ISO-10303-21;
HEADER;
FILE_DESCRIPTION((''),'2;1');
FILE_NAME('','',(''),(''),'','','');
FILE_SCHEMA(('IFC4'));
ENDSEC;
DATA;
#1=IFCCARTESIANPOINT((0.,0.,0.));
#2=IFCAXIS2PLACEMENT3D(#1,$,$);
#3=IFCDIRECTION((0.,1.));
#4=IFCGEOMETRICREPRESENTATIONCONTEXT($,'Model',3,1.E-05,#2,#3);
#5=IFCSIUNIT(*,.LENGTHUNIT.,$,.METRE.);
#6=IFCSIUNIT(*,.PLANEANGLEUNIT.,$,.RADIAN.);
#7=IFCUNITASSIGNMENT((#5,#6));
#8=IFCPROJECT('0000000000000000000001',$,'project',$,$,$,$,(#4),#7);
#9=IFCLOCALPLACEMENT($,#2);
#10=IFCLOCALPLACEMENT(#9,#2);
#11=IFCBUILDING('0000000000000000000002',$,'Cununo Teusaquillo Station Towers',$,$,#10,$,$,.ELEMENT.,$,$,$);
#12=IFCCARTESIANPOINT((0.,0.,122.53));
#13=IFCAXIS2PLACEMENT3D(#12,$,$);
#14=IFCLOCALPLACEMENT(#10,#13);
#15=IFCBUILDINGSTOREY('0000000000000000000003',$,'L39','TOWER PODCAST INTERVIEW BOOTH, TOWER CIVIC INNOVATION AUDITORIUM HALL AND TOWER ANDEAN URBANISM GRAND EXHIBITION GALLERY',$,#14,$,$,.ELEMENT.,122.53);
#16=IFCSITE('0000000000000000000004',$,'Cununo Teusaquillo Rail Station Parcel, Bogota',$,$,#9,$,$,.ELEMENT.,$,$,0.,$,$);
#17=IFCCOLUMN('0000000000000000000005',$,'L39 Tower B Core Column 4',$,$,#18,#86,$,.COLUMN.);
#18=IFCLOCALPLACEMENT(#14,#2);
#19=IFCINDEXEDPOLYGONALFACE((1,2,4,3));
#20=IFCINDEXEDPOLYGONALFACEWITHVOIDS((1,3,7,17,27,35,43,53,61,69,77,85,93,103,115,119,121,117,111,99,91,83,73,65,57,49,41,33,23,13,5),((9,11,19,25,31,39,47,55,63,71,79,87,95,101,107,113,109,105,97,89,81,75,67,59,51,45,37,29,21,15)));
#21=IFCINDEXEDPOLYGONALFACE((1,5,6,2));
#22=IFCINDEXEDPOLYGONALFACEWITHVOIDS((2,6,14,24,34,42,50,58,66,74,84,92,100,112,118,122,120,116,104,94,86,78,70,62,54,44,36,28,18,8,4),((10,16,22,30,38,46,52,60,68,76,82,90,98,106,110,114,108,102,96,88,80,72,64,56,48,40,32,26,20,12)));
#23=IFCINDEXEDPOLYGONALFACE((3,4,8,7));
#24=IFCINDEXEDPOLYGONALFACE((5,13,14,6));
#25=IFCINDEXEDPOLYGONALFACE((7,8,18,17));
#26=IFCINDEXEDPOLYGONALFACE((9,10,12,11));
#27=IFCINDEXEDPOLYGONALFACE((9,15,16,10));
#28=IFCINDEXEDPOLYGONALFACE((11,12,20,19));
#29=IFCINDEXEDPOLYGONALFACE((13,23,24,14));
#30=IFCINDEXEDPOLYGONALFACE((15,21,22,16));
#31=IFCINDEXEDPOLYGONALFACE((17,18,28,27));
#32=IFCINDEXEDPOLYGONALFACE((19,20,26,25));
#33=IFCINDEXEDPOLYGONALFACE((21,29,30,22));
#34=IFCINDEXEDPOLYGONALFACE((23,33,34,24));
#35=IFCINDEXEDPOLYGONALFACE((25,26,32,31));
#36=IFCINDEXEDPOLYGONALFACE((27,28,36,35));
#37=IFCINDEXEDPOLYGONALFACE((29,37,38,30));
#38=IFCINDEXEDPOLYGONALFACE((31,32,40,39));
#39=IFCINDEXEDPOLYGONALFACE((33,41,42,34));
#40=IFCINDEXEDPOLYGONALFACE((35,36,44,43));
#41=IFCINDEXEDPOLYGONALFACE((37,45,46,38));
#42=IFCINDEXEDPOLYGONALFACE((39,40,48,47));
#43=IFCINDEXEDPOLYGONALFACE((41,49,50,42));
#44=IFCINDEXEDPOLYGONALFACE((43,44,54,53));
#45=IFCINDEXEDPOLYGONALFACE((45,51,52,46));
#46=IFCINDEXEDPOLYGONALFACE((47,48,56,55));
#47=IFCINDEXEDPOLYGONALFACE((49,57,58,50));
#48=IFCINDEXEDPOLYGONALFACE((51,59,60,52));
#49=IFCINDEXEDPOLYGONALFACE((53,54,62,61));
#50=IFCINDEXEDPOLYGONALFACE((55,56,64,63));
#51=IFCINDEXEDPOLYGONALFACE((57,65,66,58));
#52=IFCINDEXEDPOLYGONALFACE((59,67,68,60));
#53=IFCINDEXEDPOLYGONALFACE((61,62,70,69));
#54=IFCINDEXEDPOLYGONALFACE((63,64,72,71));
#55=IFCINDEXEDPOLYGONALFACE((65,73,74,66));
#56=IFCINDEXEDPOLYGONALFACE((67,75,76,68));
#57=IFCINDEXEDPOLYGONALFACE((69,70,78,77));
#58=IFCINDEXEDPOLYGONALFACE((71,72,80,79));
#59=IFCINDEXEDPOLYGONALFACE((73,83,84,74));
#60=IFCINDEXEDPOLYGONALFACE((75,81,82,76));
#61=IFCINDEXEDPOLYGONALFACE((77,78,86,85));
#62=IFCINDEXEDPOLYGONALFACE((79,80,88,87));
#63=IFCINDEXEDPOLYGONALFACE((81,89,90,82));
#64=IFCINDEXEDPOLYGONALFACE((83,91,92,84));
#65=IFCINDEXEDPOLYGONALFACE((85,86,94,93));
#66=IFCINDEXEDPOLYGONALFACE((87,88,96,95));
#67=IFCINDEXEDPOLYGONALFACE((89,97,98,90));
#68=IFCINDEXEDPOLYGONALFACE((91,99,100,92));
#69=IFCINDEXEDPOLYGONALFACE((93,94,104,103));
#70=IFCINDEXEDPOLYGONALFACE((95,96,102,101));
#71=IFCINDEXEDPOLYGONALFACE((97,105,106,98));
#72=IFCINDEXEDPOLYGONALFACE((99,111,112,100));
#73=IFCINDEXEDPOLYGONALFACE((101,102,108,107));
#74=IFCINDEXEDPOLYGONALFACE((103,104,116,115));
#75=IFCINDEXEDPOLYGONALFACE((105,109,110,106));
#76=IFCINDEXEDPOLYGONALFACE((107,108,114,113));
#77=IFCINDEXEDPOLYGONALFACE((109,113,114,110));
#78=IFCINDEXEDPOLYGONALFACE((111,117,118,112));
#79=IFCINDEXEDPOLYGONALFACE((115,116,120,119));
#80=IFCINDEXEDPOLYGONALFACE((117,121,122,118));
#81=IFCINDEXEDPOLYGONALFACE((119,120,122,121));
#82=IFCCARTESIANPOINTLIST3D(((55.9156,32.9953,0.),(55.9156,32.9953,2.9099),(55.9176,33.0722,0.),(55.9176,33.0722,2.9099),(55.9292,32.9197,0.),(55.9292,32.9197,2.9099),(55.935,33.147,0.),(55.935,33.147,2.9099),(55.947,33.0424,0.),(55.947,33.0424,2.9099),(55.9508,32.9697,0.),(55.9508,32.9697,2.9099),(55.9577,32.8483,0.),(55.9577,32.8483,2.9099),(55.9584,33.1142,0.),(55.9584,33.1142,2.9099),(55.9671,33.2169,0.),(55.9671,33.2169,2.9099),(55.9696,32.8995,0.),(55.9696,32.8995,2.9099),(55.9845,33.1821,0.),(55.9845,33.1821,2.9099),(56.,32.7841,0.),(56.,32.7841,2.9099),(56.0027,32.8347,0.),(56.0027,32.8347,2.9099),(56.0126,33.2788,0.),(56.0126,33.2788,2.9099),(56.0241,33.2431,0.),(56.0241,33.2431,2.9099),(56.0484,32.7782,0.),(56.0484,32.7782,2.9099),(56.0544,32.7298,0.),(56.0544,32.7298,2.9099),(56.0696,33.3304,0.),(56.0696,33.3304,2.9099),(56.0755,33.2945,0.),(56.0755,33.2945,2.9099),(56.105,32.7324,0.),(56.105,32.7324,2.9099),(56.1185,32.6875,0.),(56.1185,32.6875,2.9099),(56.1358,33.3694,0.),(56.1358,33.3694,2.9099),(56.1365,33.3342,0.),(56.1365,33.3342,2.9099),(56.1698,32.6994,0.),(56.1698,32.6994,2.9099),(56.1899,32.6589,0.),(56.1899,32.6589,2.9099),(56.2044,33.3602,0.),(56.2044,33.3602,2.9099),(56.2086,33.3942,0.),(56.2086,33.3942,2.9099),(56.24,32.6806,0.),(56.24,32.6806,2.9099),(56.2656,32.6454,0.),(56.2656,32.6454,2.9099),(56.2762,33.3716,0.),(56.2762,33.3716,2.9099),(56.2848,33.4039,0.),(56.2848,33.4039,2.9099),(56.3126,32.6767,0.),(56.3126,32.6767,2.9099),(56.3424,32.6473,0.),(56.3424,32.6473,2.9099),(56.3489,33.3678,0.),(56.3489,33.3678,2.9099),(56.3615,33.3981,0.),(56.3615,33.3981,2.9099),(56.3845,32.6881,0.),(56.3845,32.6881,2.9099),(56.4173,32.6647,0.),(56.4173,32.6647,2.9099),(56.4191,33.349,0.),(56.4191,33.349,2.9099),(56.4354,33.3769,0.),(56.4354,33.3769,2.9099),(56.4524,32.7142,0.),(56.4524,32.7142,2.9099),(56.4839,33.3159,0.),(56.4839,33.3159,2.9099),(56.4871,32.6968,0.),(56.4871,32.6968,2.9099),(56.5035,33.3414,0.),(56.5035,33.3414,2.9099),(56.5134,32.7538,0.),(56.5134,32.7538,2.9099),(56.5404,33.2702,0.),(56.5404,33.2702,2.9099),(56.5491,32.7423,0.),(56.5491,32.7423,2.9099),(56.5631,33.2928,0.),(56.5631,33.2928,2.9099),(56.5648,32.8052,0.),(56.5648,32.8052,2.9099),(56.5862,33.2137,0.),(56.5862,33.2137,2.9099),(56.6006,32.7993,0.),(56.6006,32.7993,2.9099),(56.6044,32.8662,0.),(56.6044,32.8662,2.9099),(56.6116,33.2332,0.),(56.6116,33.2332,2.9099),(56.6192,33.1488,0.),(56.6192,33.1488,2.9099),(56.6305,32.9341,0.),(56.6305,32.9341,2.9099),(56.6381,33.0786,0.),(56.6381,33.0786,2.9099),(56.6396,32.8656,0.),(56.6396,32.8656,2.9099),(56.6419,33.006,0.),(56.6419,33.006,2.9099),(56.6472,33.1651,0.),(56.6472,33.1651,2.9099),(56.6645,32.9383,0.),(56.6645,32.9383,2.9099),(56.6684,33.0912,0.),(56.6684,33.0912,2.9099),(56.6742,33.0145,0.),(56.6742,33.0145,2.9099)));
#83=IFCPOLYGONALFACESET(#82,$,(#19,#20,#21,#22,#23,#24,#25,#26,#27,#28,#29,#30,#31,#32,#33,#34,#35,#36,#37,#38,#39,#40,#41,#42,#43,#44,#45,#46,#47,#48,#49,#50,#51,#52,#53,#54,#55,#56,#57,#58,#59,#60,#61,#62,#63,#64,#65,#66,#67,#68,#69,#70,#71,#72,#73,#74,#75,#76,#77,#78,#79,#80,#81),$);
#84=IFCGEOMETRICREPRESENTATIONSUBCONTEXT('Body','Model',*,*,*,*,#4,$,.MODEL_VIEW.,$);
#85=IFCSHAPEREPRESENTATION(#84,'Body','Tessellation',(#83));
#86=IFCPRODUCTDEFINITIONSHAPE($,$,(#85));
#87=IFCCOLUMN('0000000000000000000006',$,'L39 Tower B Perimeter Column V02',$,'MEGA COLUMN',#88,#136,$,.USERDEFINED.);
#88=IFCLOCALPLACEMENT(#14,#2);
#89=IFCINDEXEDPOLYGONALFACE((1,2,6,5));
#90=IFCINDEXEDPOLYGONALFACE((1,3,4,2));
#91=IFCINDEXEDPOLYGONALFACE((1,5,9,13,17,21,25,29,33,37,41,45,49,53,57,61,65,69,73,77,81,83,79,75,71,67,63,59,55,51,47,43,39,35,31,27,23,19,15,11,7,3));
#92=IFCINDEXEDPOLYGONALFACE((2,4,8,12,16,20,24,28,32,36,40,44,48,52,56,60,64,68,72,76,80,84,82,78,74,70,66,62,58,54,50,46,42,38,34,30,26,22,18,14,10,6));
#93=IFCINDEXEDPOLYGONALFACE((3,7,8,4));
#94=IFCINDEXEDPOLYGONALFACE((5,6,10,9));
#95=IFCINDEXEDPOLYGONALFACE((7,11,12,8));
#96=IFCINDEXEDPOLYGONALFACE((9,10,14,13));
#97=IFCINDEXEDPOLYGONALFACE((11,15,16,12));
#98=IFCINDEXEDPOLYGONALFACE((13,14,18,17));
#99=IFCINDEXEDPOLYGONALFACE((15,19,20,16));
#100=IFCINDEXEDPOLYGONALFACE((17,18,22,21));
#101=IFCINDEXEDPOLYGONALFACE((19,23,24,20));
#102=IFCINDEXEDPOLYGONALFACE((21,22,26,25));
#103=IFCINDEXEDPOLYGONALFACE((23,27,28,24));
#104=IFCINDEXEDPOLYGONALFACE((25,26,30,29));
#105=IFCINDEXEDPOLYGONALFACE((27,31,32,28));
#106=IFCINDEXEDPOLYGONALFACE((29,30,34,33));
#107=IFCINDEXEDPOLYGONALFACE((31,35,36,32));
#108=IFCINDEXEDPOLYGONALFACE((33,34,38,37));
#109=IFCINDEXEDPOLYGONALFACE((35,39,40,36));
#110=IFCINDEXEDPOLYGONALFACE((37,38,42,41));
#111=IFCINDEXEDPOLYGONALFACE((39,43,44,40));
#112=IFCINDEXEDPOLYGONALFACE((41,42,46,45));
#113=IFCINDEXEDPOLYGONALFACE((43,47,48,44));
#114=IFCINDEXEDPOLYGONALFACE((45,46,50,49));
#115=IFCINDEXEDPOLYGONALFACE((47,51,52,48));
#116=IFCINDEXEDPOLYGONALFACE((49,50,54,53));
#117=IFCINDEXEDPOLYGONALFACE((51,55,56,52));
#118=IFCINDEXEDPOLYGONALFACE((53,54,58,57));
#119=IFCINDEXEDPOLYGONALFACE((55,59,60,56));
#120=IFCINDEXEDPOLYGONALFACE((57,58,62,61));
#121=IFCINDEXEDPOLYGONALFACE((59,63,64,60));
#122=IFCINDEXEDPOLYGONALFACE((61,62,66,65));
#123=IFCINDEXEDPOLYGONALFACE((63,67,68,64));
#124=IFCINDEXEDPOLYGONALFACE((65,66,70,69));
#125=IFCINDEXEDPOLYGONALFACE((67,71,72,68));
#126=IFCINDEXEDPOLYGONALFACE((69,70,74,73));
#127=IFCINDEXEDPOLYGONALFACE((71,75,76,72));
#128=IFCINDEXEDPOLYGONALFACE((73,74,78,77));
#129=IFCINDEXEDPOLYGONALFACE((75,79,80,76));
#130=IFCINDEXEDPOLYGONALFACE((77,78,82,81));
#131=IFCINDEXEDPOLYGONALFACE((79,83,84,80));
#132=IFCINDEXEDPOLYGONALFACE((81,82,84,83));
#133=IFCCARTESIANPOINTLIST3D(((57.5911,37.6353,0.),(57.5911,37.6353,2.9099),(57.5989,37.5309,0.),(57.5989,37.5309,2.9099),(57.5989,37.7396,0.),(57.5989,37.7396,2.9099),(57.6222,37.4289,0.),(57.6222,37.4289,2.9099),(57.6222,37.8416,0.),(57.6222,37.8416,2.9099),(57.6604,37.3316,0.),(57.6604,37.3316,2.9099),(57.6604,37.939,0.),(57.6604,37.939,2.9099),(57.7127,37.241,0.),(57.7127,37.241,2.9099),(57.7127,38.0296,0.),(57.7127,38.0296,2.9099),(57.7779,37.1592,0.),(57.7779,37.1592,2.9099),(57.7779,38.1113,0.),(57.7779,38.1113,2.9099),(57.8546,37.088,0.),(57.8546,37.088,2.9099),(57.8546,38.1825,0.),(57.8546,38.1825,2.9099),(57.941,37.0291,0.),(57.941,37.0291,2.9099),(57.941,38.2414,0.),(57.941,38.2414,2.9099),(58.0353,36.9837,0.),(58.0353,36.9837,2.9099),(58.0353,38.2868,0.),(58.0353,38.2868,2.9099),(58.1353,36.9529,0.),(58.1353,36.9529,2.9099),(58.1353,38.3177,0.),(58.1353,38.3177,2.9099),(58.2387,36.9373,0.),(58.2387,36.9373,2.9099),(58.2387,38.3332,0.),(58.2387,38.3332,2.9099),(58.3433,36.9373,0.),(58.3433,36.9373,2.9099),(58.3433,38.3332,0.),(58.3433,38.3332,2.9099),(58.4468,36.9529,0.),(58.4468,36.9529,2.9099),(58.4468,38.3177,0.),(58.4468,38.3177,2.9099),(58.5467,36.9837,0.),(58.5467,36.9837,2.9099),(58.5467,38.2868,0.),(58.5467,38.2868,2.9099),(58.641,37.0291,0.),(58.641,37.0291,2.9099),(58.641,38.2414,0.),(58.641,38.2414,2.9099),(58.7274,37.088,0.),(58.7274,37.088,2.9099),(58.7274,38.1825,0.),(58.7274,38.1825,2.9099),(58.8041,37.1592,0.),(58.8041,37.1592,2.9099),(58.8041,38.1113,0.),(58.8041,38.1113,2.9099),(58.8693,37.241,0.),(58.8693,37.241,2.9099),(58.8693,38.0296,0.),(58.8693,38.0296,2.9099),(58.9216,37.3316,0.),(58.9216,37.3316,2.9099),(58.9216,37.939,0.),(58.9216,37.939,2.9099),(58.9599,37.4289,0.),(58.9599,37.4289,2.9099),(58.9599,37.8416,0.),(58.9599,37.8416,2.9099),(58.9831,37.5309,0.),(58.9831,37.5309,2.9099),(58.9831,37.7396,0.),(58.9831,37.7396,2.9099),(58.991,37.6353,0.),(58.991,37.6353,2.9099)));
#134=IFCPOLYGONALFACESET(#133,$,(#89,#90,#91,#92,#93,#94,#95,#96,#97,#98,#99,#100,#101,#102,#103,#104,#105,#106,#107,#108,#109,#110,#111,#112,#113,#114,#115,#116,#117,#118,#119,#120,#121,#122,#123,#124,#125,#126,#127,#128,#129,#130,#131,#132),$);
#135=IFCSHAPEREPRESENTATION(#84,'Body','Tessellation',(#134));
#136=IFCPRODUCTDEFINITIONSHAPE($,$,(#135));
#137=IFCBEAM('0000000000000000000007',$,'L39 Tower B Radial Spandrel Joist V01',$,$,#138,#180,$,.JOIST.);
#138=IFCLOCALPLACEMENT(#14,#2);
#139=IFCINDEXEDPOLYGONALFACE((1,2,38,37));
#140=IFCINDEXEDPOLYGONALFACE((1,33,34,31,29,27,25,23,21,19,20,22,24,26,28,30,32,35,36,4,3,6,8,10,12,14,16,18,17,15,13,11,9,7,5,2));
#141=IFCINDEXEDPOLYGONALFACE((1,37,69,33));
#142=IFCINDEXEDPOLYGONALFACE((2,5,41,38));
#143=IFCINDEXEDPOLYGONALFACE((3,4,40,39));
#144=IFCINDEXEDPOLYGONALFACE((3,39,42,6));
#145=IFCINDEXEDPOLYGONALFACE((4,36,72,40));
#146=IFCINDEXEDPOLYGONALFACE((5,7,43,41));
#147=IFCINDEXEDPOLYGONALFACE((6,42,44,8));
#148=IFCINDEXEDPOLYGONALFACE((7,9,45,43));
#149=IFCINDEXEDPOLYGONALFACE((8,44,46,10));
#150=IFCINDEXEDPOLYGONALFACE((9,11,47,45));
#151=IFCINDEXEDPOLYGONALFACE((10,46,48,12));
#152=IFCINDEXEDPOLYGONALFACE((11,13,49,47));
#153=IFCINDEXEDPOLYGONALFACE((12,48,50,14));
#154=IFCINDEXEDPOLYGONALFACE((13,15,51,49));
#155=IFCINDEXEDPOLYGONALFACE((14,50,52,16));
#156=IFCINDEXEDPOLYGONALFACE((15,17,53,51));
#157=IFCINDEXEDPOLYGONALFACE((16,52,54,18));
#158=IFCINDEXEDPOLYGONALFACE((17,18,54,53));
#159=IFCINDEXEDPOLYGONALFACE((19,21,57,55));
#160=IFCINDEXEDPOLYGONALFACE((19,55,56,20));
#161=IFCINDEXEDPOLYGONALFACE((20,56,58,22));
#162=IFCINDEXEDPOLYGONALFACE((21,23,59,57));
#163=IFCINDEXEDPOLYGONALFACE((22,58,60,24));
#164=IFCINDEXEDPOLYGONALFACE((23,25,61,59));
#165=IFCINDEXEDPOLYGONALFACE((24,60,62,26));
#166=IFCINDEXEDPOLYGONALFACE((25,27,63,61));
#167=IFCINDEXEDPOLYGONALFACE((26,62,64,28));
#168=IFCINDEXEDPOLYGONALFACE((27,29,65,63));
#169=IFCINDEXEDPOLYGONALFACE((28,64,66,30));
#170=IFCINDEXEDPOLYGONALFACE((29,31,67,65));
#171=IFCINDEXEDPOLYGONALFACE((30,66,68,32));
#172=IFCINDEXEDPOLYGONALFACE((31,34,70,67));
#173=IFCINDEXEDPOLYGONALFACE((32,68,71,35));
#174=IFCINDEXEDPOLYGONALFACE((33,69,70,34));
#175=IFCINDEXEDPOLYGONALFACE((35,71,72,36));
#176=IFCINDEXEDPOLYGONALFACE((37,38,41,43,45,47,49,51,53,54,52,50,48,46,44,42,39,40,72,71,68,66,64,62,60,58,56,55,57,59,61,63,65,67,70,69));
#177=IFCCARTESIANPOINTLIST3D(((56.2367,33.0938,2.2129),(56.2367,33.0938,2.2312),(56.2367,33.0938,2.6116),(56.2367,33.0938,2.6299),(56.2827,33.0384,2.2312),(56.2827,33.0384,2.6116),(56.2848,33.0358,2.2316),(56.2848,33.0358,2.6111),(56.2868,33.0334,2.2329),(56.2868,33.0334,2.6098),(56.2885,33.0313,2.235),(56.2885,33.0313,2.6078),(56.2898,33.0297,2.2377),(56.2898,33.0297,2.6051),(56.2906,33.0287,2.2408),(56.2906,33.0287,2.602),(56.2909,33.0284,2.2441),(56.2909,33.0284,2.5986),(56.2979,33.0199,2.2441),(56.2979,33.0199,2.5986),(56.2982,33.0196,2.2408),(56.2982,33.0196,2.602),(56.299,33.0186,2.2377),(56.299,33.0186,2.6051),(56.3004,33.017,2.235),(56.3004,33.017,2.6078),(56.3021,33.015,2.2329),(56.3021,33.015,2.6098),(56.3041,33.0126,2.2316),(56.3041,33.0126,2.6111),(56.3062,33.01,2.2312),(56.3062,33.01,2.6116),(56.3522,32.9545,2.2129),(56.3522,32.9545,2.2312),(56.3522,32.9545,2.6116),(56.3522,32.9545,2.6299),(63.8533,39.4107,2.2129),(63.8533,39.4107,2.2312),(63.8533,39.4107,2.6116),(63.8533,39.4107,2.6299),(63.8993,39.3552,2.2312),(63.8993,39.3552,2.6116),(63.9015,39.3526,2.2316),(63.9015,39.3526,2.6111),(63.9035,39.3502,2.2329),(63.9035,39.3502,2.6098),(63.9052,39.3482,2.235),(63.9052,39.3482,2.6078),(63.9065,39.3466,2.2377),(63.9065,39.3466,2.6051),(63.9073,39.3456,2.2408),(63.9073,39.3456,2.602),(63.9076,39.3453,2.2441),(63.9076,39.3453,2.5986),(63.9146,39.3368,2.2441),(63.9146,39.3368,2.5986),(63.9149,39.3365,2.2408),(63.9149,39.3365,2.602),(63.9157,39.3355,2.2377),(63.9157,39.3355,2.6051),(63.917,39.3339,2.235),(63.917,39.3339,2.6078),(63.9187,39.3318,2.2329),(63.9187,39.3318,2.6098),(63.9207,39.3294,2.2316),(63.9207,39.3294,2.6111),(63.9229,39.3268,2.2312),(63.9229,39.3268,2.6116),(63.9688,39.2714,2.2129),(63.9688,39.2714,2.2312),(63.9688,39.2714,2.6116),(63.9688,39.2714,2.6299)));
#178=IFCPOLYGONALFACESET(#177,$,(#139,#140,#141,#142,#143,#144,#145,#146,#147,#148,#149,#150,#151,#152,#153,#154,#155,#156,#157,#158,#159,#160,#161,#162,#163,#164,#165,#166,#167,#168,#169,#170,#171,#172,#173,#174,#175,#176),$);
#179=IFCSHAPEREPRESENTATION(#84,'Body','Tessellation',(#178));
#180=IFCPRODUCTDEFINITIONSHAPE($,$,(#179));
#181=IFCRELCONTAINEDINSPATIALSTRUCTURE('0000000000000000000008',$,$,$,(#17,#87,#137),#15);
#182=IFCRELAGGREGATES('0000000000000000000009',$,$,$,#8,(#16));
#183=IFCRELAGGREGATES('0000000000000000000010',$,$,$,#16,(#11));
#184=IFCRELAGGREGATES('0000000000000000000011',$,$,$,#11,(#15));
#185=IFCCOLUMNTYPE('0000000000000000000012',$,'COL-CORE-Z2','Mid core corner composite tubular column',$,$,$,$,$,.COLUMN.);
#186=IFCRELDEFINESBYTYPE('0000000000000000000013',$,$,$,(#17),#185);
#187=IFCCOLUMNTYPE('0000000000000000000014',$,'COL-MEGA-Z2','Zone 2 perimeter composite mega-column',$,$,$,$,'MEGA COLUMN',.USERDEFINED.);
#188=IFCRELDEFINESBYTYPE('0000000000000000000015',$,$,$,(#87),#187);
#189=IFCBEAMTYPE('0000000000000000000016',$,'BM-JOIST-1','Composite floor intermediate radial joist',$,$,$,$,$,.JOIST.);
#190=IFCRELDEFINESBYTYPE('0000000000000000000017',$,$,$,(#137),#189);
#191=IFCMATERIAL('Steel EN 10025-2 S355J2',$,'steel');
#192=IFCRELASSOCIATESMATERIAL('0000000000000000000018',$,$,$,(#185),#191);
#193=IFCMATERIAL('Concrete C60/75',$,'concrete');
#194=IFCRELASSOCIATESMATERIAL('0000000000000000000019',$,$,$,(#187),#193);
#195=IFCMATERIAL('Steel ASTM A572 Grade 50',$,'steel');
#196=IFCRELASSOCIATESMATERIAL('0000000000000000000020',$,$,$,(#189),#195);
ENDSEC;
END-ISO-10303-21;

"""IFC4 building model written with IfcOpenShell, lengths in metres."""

from ifc_helpers import new_model, si_unit, direction, frame, origin, origin_2d, place, context, subcontext, project, spatial, circle, hollow_circle, i_section, extrude, material, material_profile, profile_set, type_object, element, save


model = new_model("IFC4")

# Units and contexts
model_context = context("Model", 3, precision=1e-05, world=origin(), true_north=direction((0.0, 1.0)))
body_context = subcontext(model_context, "Body", "Model", "MODEL_VIEW")
ifc_project = project(units=[si_unit("LENGTHUNIT", "METRE"), si_unit("PLANEANGLEUNIT", "RADIAN")], contexts=[model_context])

# Site, building, storey
site_placement = place(None, origin())
site = spatial("IfcSite", under=ifc_project, at=site_placement, Name="Cununo Teusaquillo Rail Station Parcel, Bogota", CompositionType="ELEMENT", RefElevation=0.0)
building_placement = place(site_placement, origin())
building = spatial("IfcBuilding", under=site, at=building_placement, Name="Cununo Teusaquillo Station Towers", CompositionType="ELEMENT")
storey_placement = place(building_placement, frame((0.0, 0.0, 122.53)))
storey = spatial("IfcBuildingStorey", under=building, at=storey_placement, Name="L39", Description="TOWER PODCAST INTERVIEW BOOTH, TOWER CIVIC INNOVATION AUDITORIUM HALL AND TOWER ANDEAN URBANISM GRAND EXHIBITION GALLERY", CompositionType="ELEMENT", Elevation=122.53)

# Columns
ifc_material_1 = material(Name="Steel EN 10025-2 S355J2", Category="steel")
ifc_material_profile_1 = material_profile(ifc_material_1, hollow_circle(Radius=0.3799, WallThickness=0.032, at=origin_2d()), Name="CHS 760x32")
ifc_profile_set_1 = profile_set([ifc_material_profile_1], Name="Steel EN 10025-2 S355J2")
column_type_1 = type_object("IfcColumnType", Name="COL-CORE-Z2", Description="Mid core corner composite tubular column", PredefinedType="COLUMN", material=ifc_profile_set_1)
column_1_placement = place(storey_placement, frame((56.2944, 33.0242, 0.0), z_axis=(0.0, 0.0, 1.0), x_axis=(0.707107, 0.707107, 0.0)))
element("IfcColumn", 1, at=column_1_placement, inside=storey, type_object=column_type_1, Name="L39 Tower B Core Column 4", PredefinedType="COLUMN", context=body_context, shape_type="SweptSolid", body=[
    extrude(hollow_circle(Radius=0.3799, WallThickness=0.032, at=origin_2d()), origin(), (0.0, 0.0, 1.0), 2.9099),
])
ifc_material_2 = material(Name="Concrete C60/75", Category="concrete")
ifc_material_profile_2 = material_profile(ifc_material_2, circle(Radius=0.7, at=origin_2d()), Name="RC-CIRC-1400")
ifc_profile_set_2 = profile_set([ifc_material_profile_2], Name="Concrete C60/75")
column_type_2 = type_object("IfcColumnType", Name="COL-MEGA-Z2", Description="Zone 2 perimeter composite mega-column", ElementType="MEGA COLUMN", PredefinedType="USERDEFINED", material=ifc_profile_set_2)
column_2_placement = place(storey_placement, frame((58.291, 37.6353, 0.0), z_axis=(0.0, 0.0, 1.0), x_axis=(1.0, 0.0, 0.0)))
element("IfcColumn", 2, at=column_2_placement, inside=storey, type_object=column_type_2, Name="L39 Tower B Perimeter Column V02", ObjectType="MEGA COLUMN", PredefinedType="USERDEFINED", context=body_context, shape_type="SweptSolid", body=[
    extrude(circle(Radius=0.7, at=origin_2d()), origin(), (0.0, 0.0, 1.0), 2.9099),
])

# Beam
ifc_material_3 = material(Name="Steel ASTM A572 Grade 50", Category="steel")
ifc_material_profile_3 = material_profile(ifc_material_3, i_section(OverallWidth=0.1809, OverallDepth=0.417, WebThickness=0.011, FlangeThickness=0.0183, FilletRadius=0.0129, at=origin_2d()), Name="W16X57")
ifc_profile_set_3 = profile_set([ifc_material_profile_3], Name="Steel ASTM A572 Grade 50")
beam_type_1 = type_object("IfcBeamType", Name="BM-JOIST-1", Description="Composite floor intermediate radial joist", PredefinedType="JOIST", material=ifc_profile_set_3)
beam_1_placement = place(storey_placement, frame((56.2944, 33.0242, 2.4214), z_axis=(0.769728, 0.638372, 0.0), x_axis=(-0.638372, 0.769728, 0.0)))
element("IfcBeam", 3, at=beam_1_placement, inside=storey, type_object=beam_type_1, Name="L39 Tower B Radial Spandrel Joist V01", PredefinedType="JOIST", context=body_context, shape_type="SweptSolid", body=[
    extrude(i_section(OverallWidth=0.1809, OverallDepth=0.417, WebThickness=0.011, FlangeThickness=0.0183, FilletRadius=0.0129, at=origin_2d()), origin(), (0.0, 0.0, 1.0), 9.8953),
])

save(model, "model.ifc")
